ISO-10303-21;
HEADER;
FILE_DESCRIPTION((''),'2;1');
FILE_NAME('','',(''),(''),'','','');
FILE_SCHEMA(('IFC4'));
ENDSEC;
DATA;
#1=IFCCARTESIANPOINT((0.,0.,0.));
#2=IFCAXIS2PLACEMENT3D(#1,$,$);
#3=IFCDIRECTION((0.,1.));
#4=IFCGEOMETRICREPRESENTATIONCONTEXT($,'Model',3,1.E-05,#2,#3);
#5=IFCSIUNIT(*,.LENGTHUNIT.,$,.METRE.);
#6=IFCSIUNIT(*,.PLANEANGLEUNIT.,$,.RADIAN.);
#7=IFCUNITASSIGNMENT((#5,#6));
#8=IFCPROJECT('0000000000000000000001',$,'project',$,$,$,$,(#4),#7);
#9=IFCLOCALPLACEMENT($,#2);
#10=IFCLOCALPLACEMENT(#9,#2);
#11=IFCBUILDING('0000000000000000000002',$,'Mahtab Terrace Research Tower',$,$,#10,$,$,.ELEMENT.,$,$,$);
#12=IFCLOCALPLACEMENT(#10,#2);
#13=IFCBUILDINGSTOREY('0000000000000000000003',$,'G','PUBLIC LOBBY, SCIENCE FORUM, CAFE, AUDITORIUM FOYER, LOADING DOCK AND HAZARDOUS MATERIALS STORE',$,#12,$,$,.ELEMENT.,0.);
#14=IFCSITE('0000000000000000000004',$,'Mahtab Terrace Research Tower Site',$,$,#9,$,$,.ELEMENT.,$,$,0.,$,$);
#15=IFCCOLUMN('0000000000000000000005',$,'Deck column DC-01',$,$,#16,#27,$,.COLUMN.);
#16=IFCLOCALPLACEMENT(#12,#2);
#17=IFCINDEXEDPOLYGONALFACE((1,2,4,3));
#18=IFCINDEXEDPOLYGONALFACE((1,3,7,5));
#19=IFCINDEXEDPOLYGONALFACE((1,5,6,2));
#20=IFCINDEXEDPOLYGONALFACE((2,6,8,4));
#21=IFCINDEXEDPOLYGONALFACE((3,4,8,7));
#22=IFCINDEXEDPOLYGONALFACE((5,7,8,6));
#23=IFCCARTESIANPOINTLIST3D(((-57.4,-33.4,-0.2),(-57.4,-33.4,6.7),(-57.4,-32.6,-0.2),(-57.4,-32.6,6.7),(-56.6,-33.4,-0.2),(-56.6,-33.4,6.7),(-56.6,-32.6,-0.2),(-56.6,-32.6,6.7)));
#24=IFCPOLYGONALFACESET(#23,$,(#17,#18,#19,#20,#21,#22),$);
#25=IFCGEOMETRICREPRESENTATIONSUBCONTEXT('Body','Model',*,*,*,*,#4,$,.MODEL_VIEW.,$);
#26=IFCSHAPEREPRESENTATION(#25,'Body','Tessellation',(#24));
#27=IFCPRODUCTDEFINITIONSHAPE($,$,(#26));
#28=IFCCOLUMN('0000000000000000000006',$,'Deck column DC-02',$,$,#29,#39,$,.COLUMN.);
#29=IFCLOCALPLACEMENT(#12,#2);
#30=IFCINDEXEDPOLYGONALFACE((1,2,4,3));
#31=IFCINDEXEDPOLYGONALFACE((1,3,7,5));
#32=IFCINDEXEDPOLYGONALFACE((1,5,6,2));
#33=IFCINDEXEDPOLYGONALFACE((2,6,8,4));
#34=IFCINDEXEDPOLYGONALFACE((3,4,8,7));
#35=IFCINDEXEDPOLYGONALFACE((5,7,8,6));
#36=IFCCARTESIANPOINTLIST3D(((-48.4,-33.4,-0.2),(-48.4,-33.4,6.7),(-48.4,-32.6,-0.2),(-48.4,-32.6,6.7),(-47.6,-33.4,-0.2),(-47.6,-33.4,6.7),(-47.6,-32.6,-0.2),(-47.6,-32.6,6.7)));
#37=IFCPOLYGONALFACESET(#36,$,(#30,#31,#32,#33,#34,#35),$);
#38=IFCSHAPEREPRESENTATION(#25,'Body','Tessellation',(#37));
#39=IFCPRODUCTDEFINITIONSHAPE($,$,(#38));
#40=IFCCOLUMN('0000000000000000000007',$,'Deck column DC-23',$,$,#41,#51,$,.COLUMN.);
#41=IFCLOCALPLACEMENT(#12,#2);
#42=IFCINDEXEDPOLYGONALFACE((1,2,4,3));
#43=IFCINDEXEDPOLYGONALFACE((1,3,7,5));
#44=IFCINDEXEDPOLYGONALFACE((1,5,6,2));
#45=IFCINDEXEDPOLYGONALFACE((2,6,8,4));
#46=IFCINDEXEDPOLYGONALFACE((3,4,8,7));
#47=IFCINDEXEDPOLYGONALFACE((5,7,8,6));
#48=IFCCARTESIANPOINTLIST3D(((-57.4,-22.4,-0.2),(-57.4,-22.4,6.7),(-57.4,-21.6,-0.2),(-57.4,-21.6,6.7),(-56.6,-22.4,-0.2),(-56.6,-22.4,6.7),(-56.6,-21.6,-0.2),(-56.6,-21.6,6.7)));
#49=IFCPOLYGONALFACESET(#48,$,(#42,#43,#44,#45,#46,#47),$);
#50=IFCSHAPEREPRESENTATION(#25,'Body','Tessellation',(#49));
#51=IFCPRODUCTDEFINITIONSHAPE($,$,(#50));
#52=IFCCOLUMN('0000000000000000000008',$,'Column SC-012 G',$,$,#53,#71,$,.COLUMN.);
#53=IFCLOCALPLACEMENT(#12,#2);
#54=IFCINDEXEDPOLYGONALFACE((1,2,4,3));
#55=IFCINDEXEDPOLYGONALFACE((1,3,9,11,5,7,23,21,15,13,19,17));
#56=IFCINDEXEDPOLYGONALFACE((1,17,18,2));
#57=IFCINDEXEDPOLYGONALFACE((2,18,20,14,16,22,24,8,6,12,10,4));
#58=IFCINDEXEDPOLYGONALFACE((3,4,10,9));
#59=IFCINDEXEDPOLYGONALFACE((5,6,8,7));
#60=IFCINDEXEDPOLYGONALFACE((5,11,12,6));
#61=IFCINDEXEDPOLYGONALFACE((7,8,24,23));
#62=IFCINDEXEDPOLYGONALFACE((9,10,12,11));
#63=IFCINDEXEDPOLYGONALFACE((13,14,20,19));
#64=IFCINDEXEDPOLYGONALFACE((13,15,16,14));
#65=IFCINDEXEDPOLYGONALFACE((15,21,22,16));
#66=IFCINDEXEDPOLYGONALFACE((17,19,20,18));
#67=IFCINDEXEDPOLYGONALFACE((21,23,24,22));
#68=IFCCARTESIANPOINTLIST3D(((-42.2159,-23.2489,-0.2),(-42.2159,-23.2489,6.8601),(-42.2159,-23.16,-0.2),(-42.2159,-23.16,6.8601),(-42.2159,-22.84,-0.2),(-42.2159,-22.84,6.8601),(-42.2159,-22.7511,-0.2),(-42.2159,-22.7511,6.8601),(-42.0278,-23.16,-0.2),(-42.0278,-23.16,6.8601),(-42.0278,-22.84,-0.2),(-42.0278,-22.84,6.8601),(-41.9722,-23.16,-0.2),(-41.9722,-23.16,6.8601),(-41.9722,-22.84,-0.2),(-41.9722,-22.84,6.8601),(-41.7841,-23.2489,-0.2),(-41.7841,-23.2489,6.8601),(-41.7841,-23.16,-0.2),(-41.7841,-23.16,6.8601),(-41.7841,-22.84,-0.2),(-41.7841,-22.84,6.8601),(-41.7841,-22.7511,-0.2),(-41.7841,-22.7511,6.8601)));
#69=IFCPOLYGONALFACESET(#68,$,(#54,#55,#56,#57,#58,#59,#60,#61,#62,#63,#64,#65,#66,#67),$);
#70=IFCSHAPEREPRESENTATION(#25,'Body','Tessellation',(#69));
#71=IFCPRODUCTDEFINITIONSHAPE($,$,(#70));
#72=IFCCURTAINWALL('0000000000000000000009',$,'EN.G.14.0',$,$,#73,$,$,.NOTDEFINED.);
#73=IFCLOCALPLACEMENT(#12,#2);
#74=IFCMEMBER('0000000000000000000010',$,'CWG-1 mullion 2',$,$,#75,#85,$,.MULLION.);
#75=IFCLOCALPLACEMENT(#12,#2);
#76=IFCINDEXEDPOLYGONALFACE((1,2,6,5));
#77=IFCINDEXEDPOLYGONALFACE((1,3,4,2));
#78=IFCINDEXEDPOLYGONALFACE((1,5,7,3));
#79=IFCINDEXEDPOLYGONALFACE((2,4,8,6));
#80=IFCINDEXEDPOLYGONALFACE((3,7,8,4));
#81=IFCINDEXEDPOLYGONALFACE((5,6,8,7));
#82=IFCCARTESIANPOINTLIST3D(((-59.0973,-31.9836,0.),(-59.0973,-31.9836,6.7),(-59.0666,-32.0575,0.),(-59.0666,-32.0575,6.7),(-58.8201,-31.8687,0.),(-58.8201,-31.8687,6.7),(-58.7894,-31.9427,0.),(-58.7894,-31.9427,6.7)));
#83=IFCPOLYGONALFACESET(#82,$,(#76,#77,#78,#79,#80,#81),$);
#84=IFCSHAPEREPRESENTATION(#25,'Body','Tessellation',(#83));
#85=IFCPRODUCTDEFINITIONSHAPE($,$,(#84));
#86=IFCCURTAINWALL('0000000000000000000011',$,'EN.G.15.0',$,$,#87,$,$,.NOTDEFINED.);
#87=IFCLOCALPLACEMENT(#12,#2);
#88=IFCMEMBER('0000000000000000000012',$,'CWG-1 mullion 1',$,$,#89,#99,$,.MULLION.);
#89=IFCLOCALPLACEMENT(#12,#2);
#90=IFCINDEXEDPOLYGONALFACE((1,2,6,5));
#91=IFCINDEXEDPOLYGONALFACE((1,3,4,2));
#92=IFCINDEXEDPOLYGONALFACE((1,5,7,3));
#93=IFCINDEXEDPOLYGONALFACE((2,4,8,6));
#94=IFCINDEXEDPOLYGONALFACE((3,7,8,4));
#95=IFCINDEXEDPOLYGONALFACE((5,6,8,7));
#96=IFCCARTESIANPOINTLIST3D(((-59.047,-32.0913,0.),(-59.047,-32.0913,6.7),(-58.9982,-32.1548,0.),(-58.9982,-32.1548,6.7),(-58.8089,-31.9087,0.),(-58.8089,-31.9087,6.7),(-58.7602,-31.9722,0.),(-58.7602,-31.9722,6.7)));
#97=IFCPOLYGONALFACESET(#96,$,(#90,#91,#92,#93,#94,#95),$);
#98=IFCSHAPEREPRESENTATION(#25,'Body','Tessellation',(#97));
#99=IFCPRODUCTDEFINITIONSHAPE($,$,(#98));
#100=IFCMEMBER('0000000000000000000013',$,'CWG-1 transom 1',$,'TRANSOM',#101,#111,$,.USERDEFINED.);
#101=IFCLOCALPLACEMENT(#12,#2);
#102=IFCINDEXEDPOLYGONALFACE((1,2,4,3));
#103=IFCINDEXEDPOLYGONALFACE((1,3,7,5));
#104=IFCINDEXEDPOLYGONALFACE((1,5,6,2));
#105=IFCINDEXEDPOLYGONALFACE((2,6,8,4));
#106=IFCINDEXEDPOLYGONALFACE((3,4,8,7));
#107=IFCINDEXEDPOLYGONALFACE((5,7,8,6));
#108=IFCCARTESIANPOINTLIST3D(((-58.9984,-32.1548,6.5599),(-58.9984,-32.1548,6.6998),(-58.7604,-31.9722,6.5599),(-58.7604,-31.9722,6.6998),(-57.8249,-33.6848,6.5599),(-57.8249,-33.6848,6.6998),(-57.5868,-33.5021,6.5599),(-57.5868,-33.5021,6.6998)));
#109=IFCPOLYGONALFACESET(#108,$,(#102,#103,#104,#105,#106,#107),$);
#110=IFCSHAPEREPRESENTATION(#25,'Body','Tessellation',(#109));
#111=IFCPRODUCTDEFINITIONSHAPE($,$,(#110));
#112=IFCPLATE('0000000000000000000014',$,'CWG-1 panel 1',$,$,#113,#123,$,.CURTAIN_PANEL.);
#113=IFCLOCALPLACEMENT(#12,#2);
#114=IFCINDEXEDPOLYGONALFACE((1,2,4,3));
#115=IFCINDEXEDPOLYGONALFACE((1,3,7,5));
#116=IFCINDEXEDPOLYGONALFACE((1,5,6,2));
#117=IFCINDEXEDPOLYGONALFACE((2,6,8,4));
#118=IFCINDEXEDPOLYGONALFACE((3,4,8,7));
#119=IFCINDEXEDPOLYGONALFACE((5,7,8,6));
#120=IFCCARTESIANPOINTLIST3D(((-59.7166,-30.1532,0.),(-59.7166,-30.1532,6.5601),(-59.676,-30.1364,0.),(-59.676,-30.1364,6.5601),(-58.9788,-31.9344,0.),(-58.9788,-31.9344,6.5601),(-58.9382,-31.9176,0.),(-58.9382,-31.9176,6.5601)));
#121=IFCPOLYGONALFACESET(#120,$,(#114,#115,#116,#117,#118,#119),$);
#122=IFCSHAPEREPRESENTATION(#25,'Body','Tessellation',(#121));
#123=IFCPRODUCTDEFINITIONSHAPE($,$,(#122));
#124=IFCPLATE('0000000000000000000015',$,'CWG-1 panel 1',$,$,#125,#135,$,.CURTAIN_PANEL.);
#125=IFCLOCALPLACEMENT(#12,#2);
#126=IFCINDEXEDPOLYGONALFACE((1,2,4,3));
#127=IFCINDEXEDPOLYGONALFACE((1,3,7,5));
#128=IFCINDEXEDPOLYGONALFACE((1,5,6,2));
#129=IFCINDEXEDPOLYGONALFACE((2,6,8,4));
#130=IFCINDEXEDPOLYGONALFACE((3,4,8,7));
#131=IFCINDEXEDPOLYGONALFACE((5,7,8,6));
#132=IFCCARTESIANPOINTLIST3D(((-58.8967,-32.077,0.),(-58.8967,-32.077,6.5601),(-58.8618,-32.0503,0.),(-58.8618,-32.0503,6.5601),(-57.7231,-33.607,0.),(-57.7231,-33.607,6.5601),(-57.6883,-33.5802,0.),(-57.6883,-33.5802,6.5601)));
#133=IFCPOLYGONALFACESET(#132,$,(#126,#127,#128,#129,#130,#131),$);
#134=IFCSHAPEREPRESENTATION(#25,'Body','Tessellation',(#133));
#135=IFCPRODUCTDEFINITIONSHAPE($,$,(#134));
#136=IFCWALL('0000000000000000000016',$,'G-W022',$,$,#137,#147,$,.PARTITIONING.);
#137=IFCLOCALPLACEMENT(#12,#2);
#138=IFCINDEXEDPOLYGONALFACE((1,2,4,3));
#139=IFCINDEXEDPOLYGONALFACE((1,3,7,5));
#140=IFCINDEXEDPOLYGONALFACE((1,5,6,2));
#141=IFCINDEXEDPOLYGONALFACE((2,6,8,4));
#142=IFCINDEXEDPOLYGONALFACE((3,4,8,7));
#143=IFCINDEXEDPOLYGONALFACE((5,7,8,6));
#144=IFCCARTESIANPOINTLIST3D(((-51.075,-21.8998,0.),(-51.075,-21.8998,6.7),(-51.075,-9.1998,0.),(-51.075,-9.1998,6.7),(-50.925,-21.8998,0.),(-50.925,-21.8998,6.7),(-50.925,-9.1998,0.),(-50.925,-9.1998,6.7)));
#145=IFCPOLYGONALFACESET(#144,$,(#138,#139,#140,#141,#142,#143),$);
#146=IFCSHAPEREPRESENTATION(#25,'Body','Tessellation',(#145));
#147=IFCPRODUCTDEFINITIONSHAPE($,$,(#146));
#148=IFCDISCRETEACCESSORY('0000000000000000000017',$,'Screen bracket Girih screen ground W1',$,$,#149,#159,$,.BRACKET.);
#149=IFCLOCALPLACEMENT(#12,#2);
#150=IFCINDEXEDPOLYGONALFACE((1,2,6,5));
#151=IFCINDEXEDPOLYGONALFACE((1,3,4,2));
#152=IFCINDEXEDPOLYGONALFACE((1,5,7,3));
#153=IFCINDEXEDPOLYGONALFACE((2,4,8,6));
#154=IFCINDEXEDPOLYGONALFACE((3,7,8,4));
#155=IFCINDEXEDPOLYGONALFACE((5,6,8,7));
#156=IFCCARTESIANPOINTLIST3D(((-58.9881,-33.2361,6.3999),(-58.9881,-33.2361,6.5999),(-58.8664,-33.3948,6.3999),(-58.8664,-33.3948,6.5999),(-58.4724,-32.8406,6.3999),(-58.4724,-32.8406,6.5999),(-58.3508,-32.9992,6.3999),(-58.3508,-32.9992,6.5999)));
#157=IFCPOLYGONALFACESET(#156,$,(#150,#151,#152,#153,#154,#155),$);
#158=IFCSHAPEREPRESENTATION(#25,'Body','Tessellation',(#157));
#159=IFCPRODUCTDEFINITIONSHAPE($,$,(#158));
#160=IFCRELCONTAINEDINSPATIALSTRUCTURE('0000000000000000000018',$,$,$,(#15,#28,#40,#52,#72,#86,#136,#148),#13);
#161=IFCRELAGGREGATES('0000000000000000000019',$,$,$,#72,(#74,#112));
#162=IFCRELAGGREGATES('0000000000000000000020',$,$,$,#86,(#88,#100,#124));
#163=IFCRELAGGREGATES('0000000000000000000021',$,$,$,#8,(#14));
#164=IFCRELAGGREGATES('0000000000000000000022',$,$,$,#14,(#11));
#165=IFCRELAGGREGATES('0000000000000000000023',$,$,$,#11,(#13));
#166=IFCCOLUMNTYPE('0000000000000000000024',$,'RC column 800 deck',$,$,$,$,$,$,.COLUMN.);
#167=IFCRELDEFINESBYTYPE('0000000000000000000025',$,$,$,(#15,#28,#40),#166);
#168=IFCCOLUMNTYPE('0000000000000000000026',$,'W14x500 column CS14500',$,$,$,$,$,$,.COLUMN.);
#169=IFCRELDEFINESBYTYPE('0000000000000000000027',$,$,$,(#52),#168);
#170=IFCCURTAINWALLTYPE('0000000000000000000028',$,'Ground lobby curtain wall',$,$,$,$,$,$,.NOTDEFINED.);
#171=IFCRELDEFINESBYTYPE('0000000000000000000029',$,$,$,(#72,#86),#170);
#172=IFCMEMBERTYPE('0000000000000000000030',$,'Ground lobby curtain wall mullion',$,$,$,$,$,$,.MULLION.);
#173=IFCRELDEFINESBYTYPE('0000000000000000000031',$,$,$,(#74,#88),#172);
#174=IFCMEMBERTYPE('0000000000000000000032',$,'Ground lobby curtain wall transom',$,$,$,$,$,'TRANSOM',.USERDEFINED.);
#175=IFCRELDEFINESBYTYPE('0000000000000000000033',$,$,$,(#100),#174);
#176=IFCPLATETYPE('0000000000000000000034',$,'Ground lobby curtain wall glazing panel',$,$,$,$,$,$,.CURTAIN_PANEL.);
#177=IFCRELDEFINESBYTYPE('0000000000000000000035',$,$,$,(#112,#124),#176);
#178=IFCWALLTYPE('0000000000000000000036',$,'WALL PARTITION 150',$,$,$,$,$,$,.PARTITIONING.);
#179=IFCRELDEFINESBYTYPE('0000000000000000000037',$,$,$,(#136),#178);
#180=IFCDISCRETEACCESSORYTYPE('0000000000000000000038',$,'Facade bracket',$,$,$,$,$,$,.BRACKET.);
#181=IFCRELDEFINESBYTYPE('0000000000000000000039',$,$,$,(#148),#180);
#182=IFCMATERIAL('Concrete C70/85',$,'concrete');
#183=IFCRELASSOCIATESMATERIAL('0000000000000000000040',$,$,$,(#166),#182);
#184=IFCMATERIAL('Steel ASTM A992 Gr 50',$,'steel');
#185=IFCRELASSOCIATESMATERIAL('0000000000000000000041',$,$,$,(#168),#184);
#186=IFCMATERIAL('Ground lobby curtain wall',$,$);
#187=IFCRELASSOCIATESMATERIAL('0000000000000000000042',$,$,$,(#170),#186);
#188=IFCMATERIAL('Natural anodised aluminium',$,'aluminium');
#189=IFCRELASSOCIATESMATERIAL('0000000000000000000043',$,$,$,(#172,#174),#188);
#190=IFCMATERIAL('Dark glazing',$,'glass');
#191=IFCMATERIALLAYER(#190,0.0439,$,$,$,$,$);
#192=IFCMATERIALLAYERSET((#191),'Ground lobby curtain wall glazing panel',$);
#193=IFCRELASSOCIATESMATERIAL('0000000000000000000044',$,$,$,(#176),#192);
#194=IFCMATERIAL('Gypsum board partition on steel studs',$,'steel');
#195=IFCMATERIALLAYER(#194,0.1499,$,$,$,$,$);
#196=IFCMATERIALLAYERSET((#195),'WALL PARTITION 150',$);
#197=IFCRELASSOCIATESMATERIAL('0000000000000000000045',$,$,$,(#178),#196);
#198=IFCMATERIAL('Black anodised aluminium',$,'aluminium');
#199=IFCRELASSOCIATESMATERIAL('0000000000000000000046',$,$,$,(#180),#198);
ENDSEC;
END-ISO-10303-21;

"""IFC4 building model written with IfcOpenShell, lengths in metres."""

from ifc_helpers import new_model, si_unit, direction, frame, frame_2d, origin, origin_2d, place, context, subcontext, project, spatial, rectangle, i_section, extrude, material, layer, layer_set, material_profile, profile_set, type_object, element, aggregate, save


model = new_model("IFC4")

# Units and contexts
model_context = context("Model", 3, precision=1e-05, world=origin(), true_north=direction((0.0, 1.0)))
body_context = subcontext(model_context, "Body", "Model", "MODEL_VIEW")
ifc_project = project(units=[si_unit("LENGTHUNIT", "METRE"), si_unit("PLANEANGLEUNIT", "RADIAN")], contexts=[model_context])

# Site, building, storey
site_placement = place(None, origin())
site = spatial("IfcSite", under=ifc_project, at=site_placement, Name="Mahtab Terrace Research Tower Site", CompositionType="ELEMENT", RefElevation=0.0)
building_placement = place(site_placement, origin())
building = spatial("IfcBuilding", under=site, at=building_placement, Name="Mahtab Terrace Research Tower", CompositionType="ELEMENT")
storey_placement = place(building_placement, origin())
storey = spatial("IfcBuildingStorey", under=building, at=storey_placement, Name="G", Description="PUBLIC LOBBY, SCIENCE FORUM, CAFE, AUDITORIUM FOYER, LOADING DOCK AND HAZARDOUS MATERIALS STORE", CompositionType="ELEMENT", Elevation=0.0)

# Columns
ifc_material_1 = material(Name="Concrete C70/85", Category="concrete")
ifc_material_profile_1 = material_profile(ifc_material_1, rectangle(XDim=0.8, YDim=0.8, at=origin_2d()), Name="RC column 800 deck")
ifc_profile_set_1 = profile_set([ifc_material_profile_1], Name="Concrete C70/85")
column_type_1 = type_object("IfcColumnType", Name="RC column 800 deck", PredefinedType="COLUMN", material=ifc_profile_set_1)
for number, where, z_axis, x_axis, name in (
    (1, (-57.0, -33.0, -0.2), (0.0, 0.0, 1.0), (1.0, 0.0, 0.0), "Deck column DC-01"),
    (2, (-48.0, -33.0, -0.2), (0.0, 0.0, 1.0), (1.0, 0.0, 0.0), "Deck column DC-02"),
    (3, (-57.0, -22.0, -0.2), (0.0, 0.0, 1.0), (1.0, 0.0, 0.0), "Deck column DC-23"),
):
    element("IfcColumn", number, at=place(storey_placement, frame(where, z_axis=z_axis, x_axis=x_axis)), inside=storey, type_object=column_type_1, Name=name, PredefinedType="COLUMN", context=body_context, shape_type="SweptSolid", body=[
        extrude(rectangle(XDim=0.8, YDim=0.8, at=origin_2d()), origin(), (0.0, 0.0, 1.0), 6.8999),
    ])
ifc_material_2 = material(Name="Steel ASTM A992 Gr 50", Category="steel")
ifc_material_profile_2 = material_profile(ifc_material_2, i_section(OverallWidth=0.4319, OverallDepth=0.4978, WebThickness=0.0557, FlangeThickness=0.0889, at=origin_2d()), Name="W14X500")
ifc_profile_set_2 = profile_set([ifc_material_profile_2], Name="Steel ASTM A992 Gr 50")
column_type_2 = type_object("IfcColumnType", Name="W14x500 column CS14500", PredefinedType="COLUMN", material=ifc_profile_set_2)
column_placement = place(storey_placement, frame((-42.0, -23.0, -0.2), z_axis=(0.0, 0.0, 1.0), x_axis=(1.0, 0.0, 0.0)))
element("IfcColumn", 4, at=column_placement, inside=storey, type_object=column_type_2, Name="Column SC-012 G", PredefinedType="COLUMN", context=body_context, shape_type="SweptSolid", body=[
    extrude(i_section(OverallWidth=0.4319, OverallDepth=0.4978, WebThickness=0.0557, FlangeThickness=0.0889, at=origin_2d()), origin(), (0.0, 0.0, 1.0), 7.0601),
])

# Curtain wall, member
ifc_material_3 = material(Name="Ground lobby curtain wall")
curtain_wall_type = type_object("IfcCurtainWallType", Name="Ground lobby curtain wall", PredefinedType="NOTDEFINED", material=ifc_material_3)
curtain_wall_1_placement = place(storey_placement, origin())
curtain_wall_1 = element("IfcCurtainWall", 5, at=curtain_wall_1_placement, inside=storey, type_object=curtain_wall_type, Name="EN.G.14.0", PredefinedType="NOTDEFINED")
ifc_material_4 = material(Name="Natural anodised aluminium", Category="aluminium")
ifc_material_profile_3 = material_profile(ifc_material_4, rectangle(XDim=0.3, YDim=0.0801, at=origin_2d()), Name="MULLION 80x300")
ifc_profile_set_3 = profile_set([ifc_material_profile_3], Name="Natural anodised aluminium")
member_type_1 = type_object("IfcMemberType", Name="Ground lobby curtain wall mullion", PredefinedType="MULLION", material=ifc_profile_set_3)
member_1_placement = place(storey_placement, frame((-58.9434, -31.9631, 0.0), z_axis=(0.0, 0.0, 1.0), x_axis=(0.923883, 0.382676, 0.0)))
member_1 = element("IfcMember", 6, at=member_1_placement, type_object=member_type_1, Name="CWG-1 mullion 2", PredefinedType="MULLION", context=body_context, shape_type="SweptSolid", body=[
    extrude(rectangle(XDim=0.3, YDim=0.0801, at=origin_2d()), origin(), (0.0, 0.0, 1.0), 6.7),
])

# Curtain wall, members
curtain_wall_2_placement = place(storey_placement, origin())
curtain_wall_2 = element("IfcCurtainWall", 7, at=curtain_wall_2_placement, inside=storey, type_object=curtain_wall_type, Name="EN.G.15.0", PredefinedType="NOTDEFINED")
member_2_placement = place(storey_placement, frame((-58.9036, -32.0317, 0.0), z_axis=(0.0, 0.0, 1.0), x_axis=(0.79346, 0.608623, 0.0)))
member_2 = element("IfcMember", 8, at=member_2_placement, type_object=member_type_1, Name="CWG-1 mullion 1", PredefinedType="MULLION", context=body_context, shape_type="SweptSolid", body=[
    extrude(rectangle(XDim=0.3, YDim=0.0801, at=origin_2d()), origin(), (0.0, 0.0, 1.0), 6.7),
])
ifc_material_profile_4 = material_profile(ifc_material_4, rectangle(XDim=0.3, YDim=0.1399, at=origin_2d()), Name="TRANSOM 140x300")
ifc_profile_set_4 = profile_set([ifc_material_profile_4], Name="Natural anodised aluminium")
member_type_2 = type_object("IfcMemberType", Name="Ground lobby curtain wall transom", ElementType="TRANSOM", PredefinedType="USERDEFINED", material=ifc_profile_set_4)
member_3_placement = place(storey_placement, frame((-58.8794, -32.0635, 6.6299), z_axis=(0.608615, -0.793466, 0.0), x_axis=(0.793466, 0.608615, 0.0)))
member_3 = element("IfcMember", 9, at=member_3_placement, type_object=member_type_2, Name="CWG-1 transom 1", ObjectType="TRANSOM", PredefinedType="USERDEFINED", context=body_context, shape_type="SweptSolid", body=[
    extrude(rectangle(XDim=0.3, YDim=0.1399, at=origin_2d()), origin(), (0.0, 0.0, 1.0), 1.9282),
])

# Plates
ifc_material_5 = material(Name="Dark glazing", Category="glass")
ifc_layer_1 = layer(ifc_material_5, 0.0439)
ifc_layer_set_1 = layer_set([ifc_layer_1], Name="Ground lobby curtain wall glazing panel")
plate_type = type_object("IfcPlateType", Name="Ground lobby curtain wall glazing panel", PredefinedType="CURTAIN_PANEL", material=ifc_layer_set_1)
plate_1_placement = place(storey_placement, frame((-59.3274, -31.0354, 0.0), z_axis=(0.0, 0.0, 1.0), x_axis=(0.382676, -0.923883, 0.0)))
plate_1 = element("IfcPlate", 10, at=plate_1_placement, type_object=plate_type, Name="CWG-1 panel 1", PredefinedType="CURTAIN_PANEL", context=body_context, shape_type="SweptSolid", body=[
    extrude(rectangle(XDim=1.928, YDim=0.0439, at=origin_2d()), origin(), (0.0, 0.0, 1.0), 6.5601),
])
aggregate(curtain_wall_1, [member_1, plate_1])
plate_2_placement = place(storey_placement, frame((-58.2925, -32.8286, 0.0), z_axis=(0.0, 0.0, 1.0), x_axis=(0.608623, -0.79346, 0.0)))
plate_2 = element("IfcPlate", 11, at=plate_2_placement, type_object=plate_type, Name="CWG-1 panel 1", PredefinedType="CURTAIN_PANEL", context=body_context, shape_type="SweptSolid", body=[
    extrude(rectangle(XDim=1.9282, YDim=0.0439, at=origin_2d()), origin(), (0.0, 0.0, 1.0), 6.5601),
])
aggregate(curtain_wall_2, [member_2, member_3, plate_2])

# Wall
ifc_material_6 = material(Name="Gypsum board partition on steel studs", Category="steel")
ifc_layer_2 = layer(ifc_material_6, 0.1499)
ifc_layer_set_2 = layer_set([ifc_layer_2], Name="WALL PARTITION 150")
wall_type = type_object("IfcWallType", Name="WALL PARTITION 150", PredefinedType="PARTITIONING", material=ifc_layer_set_2)
wall_placement = place(storey_placement, frame((-51.0, -21.8999, 0.0), z_axis=(0.0, 0.0, 1.0), x_axis=(0.0, 1.0, 0.0)))
element("IfcWall", 12, at=wall_placement, inside=storey, type_object=wall_type, Name="G-W022", PredefinedType="PARTITIONING", context=body_context, shape_type="SweptSolid", body=[
    extrude(rectangle(XDim=12.7, YDim=0.1499, at=frame_2d((6.3501, 0.0))), origin(), (0.0, 0.0, 1.0), 6.7),
])

# Discrete accessory
ifc_material_7 = material(Name="Black anodised aluminium", Category="aluminium")
discrete_accessory_type = type_object("IfcDiscreteAccessoryType", Name="Facade bracket", PredefinedType="BRACKET", material=ifc_material_7)
discrete_accessory_placement = place(storey_placement, frame((-58.6694, -33.1177, 6.3999), z_axis=(0.0, 0.0, 1.0), x_axis=(0.608623, -0.79346, 0.0)))
element("IfcDiscreteAccessory", 13, at=discrete_accessory_placement, inside=storey, type_object=discrete_accessory_type, Name="Screen bracket Girih screen ground W1", PredefinedType="BRACKET", context=body_context, shape_type="SweptSolid", body=[
    extrude(rectangle(XDim=0.2, YDim=0.6499, at=origin_2d()), origin(), (0.0, 0.0, 1.0), 0.2),
])

save(model, "model.ifc")
